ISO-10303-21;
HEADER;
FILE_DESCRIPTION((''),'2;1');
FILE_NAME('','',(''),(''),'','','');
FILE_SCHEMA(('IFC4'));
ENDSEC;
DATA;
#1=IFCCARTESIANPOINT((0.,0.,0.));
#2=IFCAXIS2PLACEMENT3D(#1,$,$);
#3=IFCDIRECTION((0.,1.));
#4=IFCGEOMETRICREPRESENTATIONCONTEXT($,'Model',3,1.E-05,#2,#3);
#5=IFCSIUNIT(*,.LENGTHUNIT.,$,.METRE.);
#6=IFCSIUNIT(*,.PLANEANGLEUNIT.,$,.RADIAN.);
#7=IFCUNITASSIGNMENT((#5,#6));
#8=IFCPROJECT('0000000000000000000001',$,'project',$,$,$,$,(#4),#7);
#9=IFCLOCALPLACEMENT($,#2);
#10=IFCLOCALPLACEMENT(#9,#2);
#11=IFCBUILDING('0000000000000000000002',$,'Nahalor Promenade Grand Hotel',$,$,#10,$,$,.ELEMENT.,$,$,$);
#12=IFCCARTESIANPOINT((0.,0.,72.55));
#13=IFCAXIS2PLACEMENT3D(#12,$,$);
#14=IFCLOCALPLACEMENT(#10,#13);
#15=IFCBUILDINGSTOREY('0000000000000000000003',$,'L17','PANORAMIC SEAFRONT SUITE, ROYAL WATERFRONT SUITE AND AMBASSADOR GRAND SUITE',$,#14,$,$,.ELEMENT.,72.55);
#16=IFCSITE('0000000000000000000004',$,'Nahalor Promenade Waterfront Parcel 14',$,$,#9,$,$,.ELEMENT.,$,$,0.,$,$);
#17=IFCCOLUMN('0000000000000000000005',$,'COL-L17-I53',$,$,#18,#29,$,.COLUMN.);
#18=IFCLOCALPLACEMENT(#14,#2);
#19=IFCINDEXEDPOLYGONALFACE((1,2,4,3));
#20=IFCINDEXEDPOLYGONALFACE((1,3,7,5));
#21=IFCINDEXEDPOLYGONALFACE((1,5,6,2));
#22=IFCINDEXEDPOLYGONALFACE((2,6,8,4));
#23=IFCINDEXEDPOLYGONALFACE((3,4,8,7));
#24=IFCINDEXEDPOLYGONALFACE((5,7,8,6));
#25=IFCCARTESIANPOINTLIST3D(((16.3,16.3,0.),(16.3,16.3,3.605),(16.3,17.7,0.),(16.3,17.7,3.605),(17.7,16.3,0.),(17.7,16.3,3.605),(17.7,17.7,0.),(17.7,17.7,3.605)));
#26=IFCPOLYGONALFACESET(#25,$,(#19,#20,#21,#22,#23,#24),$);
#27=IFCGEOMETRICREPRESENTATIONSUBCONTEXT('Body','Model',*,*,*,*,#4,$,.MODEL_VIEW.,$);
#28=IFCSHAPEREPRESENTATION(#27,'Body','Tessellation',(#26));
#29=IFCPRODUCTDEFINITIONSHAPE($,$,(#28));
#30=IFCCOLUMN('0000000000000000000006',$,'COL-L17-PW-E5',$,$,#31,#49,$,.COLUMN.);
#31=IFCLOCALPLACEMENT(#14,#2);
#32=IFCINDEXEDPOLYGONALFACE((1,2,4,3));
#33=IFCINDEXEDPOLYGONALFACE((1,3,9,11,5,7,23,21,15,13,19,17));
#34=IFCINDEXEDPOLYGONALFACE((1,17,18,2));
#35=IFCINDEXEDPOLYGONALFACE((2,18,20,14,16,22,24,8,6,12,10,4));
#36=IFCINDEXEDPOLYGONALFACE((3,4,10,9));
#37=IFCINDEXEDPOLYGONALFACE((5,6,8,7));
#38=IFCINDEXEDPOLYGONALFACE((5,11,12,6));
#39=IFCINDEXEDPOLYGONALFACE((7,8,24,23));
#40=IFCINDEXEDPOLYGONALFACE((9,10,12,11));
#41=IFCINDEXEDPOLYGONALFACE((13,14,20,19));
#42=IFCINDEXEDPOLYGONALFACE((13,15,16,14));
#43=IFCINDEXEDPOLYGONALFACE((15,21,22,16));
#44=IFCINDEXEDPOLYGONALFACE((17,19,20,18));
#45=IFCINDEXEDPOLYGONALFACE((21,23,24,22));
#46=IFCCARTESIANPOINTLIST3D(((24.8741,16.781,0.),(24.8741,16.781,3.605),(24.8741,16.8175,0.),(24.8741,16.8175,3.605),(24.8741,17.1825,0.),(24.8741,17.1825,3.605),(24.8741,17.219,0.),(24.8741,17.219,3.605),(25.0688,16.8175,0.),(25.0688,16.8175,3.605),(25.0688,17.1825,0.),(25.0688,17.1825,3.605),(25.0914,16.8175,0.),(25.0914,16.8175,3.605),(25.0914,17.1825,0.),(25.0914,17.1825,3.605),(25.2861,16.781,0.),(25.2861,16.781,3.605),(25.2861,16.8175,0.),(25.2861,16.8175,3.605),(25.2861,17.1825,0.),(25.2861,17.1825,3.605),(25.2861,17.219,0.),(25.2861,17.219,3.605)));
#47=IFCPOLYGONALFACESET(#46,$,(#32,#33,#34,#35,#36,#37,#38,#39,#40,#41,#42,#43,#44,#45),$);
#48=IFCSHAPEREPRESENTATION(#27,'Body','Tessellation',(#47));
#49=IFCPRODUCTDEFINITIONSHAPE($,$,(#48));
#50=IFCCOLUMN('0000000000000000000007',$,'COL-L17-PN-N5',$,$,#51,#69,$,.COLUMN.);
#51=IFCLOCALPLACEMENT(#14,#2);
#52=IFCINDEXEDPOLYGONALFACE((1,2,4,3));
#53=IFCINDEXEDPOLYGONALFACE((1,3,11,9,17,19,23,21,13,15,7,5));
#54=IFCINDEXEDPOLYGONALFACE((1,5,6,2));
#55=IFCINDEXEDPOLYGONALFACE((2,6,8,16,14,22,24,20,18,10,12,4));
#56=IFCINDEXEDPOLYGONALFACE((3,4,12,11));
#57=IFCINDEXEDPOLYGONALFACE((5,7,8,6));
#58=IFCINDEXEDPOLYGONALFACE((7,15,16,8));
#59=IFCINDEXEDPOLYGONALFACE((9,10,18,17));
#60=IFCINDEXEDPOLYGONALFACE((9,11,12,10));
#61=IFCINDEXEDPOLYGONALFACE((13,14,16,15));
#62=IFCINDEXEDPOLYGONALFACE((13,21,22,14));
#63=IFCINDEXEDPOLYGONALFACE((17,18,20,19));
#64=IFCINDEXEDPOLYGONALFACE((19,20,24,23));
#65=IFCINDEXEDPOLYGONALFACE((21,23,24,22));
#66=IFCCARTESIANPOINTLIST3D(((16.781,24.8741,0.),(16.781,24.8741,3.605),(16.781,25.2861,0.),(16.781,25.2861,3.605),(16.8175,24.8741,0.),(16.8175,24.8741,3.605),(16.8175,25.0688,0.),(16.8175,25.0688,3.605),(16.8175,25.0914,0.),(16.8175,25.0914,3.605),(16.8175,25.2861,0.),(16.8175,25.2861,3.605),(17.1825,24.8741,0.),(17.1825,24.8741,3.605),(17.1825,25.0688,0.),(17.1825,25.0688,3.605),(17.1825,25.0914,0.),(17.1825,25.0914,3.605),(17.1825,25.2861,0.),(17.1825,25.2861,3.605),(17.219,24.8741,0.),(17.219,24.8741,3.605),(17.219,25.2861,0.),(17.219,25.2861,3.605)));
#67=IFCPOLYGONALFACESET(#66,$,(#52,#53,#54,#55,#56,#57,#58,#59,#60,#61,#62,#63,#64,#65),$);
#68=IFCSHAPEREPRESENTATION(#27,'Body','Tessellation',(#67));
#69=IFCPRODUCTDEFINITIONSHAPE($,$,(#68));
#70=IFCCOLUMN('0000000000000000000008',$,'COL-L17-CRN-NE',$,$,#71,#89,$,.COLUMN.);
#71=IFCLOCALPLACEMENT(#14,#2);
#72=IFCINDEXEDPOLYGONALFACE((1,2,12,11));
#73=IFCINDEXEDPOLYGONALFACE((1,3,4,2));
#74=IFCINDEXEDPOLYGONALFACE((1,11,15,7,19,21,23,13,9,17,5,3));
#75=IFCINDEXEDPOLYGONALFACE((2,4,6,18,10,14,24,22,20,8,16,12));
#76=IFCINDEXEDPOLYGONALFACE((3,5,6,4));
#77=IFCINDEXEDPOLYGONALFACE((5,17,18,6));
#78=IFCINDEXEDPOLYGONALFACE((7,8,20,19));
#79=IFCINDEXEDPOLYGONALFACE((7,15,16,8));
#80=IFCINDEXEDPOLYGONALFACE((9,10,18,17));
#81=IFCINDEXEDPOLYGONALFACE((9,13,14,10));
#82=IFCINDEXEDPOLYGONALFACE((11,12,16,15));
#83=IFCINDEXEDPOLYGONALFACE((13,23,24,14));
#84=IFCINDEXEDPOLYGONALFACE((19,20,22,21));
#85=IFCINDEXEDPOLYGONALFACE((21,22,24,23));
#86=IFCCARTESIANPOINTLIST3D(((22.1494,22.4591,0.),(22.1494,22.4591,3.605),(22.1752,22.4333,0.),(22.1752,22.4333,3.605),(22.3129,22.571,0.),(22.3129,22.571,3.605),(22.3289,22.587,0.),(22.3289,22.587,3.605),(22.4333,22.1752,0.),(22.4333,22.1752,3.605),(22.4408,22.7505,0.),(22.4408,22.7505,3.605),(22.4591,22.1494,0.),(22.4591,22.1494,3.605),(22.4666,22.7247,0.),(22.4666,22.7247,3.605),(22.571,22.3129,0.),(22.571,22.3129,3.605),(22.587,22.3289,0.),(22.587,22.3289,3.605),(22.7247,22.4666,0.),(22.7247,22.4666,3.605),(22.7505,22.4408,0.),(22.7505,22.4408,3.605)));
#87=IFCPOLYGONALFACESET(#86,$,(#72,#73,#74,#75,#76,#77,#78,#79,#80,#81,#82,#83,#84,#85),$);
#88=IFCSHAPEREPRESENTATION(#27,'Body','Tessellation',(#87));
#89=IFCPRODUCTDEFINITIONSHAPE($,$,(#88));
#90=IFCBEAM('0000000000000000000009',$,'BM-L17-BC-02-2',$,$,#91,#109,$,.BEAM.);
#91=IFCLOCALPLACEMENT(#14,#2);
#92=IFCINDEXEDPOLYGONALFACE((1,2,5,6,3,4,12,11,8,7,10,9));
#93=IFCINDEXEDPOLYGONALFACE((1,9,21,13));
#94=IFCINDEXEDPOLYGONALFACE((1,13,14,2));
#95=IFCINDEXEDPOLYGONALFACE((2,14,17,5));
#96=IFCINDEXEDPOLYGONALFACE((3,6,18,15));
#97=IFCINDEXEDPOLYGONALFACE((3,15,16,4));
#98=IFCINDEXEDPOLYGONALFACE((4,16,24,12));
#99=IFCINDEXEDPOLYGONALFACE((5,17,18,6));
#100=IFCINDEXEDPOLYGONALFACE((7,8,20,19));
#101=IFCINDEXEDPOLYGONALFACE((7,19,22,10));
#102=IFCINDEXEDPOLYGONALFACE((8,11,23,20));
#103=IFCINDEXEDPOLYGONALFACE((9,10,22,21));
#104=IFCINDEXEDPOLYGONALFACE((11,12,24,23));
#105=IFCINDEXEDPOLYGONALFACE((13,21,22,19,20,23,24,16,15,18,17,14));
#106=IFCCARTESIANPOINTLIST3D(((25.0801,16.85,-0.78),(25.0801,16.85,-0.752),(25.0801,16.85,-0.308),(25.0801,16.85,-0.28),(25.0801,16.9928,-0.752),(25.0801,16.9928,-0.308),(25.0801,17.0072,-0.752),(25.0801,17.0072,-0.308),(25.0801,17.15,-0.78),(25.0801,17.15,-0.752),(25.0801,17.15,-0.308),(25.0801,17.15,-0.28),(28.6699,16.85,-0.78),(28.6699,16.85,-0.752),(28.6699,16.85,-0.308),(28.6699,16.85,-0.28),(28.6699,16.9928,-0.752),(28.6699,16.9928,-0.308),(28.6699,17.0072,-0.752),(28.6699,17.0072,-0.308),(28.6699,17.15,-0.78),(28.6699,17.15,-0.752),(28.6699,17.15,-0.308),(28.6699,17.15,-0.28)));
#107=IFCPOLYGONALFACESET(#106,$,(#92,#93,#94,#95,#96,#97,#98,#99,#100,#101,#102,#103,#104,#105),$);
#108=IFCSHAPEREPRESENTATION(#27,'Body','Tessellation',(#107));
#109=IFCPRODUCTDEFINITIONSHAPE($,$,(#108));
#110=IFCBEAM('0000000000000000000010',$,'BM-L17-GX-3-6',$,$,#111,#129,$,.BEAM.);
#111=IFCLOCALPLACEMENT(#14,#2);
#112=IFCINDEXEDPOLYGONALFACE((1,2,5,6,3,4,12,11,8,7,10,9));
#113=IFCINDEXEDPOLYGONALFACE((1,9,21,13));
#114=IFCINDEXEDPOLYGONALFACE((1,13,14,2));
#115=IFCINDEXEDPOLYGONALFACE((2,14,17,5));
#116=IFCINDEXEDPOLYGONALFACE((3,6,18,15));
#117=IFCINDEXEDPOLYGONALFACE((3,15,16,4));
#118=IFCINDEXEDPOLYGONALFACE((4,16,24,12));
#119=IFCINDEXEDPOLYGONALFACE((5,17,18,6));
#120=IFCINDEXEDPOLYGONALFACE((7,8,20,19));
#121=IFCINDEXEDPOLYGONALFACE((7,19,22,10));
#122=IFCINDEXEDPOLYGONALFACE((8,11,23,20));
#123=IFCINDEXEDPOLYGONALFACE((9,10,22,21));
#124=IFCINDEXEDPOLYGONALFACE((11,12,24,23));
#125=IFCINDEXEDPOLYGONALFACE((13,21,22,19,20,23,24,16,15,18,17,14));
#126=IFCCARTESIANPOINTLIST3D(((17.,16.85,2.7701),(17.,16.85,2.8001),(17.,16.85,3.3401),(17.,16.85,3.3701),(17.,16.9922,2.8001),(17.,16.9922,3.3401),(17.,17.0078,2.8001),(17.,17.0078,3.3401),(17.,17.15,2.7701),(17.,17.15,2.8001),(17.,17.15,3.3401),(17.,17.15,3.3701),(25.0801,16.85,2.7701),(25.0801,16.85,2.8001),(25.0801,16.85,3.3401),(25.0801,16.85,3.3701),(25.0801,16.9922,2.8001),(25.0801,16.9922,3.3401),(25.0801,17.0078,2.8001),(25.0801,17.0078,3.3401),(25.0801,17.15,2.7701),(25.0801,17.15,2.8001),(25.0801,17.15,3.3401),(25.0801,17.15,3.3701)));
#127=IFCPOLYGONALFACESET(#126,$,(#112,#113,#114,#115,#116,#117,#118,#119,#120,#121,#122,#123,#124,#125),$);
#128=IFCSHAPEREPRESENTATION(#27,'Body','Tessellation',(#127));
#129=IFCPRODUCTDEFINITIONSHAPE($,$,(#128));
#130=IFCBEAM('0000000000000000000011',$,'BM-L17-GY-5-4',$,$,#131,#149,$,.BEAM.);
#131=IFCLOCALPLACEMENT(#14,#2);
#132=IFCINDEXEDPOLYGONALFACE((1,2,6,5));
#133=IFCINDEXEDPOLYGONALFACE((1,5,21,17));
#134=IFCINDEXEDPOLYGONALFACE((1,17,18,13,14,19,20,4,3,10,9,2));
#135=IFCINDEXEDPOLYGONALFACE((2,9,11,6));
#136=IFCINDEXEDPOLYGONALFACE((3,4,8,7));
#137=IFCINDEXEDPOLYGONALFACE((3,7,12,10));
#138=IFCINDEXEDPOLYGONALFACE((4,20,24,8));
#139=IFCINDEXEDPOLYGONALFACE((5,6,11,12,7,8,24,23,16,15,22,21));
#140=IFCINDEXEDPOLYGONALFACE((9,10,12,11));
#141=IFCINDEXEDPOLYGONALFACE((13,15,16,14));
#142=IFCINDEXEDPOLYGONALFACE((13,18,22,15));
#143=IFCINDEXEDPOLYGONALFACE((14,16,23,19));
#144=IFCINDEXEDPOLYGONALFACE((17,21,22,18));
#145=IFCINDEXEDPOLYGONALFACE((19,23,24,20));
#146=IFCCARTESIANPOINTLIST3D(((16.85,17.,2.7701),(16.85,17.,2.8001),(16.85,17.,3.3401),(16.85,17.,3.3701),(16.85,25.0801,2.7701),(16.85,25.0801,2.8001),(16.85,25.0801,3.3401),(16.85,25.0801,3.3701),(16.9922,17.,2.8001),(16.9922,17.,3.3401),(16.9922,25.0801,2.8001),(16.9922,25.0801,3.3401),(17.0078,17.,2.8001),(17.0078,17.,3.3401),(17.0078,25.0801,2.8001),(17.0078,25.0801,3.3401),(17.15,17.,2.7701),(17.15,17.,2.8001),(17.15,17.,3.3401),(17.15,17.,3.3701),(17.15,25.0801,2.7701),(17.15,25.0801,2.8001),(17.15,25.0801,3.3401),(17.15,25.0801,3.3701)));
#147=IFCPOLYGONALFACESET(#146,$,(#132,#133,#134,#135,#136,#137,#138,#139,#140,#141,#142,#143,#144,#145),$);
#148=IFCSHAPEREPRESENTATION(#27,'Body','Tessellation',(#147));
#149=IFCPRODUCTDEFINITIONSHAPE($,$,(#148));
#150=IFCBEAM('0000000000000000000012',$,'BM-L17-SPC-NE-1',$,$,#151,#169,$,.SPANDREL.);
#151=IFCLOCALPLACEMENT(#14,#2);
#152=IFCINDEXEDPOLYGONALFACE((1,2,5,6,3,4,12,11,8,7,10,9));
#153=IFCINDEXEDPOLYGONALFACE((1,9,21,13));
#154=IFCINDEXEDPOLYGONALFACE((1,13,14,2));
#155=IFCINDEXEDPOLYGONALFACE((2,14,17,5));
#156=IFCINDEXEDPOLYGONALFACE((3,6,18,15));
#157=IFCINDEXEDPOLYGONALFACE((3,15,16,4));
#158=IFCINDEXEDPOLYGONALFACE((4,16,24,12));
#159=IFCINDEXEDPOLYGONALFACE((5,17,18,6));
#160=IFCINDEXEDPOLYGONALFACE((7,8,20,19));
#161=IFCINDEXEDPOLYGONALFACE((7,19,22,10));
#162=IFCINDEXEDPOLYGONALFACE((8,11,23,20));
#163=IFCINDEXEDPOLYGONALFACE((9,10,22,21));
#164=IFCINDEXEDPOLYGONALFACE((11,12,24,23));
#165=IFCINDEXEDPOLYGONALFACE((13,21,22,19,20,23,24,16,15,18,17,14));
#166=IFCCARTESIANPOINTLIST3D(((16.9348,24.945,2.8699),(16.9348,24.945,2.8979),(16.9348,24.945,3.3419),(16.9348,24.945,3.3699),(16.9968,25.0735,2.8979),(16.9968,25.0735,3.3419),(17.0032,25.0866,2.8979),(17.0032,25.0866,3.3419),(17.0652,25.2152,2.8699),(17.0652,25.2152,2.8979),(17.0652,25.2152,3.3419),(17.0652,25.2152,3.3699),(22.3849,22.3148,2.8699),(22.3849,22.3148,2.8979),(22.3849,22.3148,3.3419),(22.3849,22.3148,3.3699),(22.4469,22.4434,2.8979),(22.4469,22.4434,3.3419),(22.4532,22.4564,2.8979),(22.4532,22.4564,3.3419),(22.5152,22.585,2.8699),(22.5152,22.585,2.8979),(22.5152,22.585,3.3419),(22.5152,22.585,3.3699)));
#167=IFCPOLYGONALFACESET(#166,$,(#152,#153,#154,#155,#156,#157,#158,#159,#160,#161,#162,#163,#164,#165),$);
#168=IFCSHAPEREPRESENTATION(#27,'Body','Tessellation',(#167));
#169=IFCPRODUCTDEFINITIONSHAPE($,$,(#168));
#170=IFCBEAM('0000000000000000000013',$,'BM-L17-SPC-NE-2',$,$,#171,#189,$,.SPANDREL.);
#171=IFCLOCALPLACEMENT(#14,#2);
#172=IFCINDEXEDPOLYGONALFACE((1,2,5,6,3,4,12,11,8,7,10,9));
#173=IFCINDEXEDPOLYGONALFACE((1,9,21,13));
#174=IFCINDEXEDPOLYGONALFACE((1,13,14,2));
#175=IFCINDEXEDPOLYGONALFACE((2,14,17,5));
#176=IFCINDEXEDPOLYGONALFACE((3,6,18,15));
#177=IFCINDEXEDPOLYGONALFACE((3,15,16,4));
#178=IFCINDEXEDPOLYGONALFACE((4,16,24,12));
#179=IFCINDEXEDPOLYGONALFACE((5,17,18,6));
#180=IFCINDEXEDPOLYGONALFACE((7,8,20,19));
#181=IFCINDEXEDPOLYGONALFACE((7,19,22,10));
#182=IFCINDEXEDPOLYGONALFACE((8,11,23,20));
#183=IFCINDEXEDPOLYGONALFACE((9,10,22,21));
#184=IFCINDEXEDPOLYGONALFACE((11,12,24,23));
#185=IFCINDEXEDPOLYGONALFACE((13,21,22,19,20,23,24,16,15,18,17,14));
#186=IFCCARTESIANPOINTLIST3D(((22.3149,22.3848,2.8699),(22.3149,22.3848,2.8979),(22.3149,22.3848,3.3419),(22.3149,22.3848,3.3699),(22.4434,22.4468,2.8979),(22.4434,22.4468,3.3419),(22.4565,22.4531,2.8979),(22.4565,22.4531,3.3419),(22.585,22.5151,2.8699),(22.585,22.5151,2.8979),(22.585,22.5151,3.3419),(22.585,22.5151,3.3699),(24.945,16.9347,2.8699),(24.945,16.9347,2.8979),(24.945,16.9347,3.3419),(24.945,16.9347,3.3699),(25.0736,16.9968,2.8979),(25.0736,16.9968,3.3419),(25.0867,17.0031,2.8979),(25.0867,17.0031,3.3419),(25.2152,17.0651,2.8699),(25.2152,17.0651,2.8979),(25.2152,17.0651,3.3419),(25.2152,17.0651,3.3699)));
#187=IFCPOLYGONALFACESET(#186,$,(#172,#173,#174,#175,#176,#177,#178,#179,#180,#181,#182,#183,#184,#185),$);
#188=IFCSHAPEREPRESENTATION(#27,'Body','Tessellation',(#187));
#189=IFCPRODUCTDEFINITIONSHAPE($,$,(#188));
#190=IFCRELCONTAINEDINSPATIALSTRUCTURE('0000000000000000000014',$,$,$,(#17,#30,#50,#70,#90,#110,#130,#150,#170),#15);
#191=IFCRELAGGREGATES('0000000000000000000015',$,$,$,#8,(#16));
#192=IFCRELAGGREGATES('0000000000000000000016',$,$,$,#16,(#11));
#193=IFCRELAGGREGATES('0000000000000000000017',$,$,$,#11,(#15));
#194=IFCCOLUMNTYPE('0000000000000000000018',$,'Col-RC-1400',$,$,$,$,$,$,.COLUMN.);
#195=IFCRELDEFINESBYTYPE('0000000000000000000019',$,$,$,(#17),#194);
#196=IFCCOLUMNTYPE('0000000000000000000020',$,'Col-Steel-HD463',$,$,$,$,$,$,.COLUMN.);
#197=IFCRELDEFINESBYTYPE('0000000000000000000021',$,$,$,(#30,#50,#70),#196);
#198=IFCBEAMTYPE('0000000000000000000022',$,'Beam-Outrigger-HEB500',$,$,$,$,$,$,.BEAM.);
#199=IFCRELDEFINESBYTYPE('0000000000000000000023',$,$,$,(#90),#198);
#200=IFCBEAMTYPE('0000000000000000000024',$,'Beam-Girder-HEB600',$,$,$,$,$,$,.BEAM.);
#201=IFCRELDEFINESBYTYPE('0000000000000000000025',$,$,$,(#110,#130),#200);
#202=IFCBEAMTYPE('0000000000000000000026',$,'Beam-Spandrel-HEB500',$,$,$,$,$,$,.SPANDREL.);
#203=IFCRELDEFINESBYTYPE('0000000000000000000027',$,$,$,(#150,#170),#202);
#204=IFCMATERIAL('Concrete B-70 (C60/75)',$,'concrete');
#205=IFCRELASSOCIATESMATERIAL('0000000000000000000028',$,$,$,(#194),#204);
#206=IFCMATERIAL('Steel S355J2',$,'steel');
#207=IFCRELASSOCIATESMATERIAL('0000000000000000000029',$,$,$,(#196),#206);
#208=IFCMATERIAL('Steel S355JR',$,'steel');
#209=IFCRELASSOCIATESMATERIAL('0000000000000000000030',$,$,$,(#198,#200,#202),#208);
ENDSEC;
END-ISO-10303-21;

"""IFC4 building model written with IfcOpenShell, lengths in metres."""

from ifc_helpers import new_model, si_unit, direction, frame, origin, origin_2d, place, context, subcontext, project, spatial, rectangle, i_section, extrude, source, transform, mapped, material, material_profile, profile_set, type_object, element, save


model = new_model("IFC4")

# Units and contexts
model_context = context("Model", 3, precision=1e-05, world=origin(), true_north=direction((0.0, 1.0)))
body_context = subcontext(model_context, "Body", "Model", "MODEL_VIEW")
ifc_project = project(units=[si_unit("LENGTHUNIT", "METRE"), si_unit("PLANEANGLEUNIT", "RADIAN")], contexts=[model_context])

# Site, building, storey
site_placement = place(None, origin())
site = spatial("IfcSite", under=ifc_project, at=site_placement, Name="Nahalor Promenade Waterfront Parcel 14", CompositionType="ELEMENT", RefElevation=0.0)
building_placement = place(site_placement, origin())
building = spatial("IfcBuilding", under=site, at=building_placement, Name="Nahalor Promenade Grand Hotel", CompositionType="ELEMENT")
storey_placement = place(building_placement, frame((0.0, 0.0, 72.55)))
storey = spatial("IfcBuildingStorey", under=building, at=storey_placement, Name="L17", Description="PANORAMIC SEAFRONT SUITE, ROYAL WATERFRONT SUITE AND AMBASSADOR GRAND SUITE", CompositionType="ELEMENT", Elevation=72.55)

# Columns
ifc_material_1 = material(Name="Concrete B-70 (C60/75)", Category="concrete")
ifc_material_profile_1 = material_profile(ifc_material_1, rectangle(XDim=1.4, YDim=1.4, at=origin_2d()), Name="RC 1400x1400")
ifc_profile_set_1 = profile_set([ifc_material_profile_1], Name="Concrete B-70 (C60/75)")
column_type_1 = type_object("IfcColumnType", Name="Col-RC-1400", PredefinedType="COLUMN", material=ifc_profile_set_1)
shared_shape_1 = source(origin(), body_context, "Body", "SweptSolid", [
    extrude(rectangle(XDim=1.4, YDim=1.4, at=origin_2d()), origin(), (0.0, 0.0, 1.0), 3.605),
])
column_placement = place(storey_placement, frame((17.0, 17.0, 0.0), z_axis=(0.0, 0.0, 1.0), x_axis=(1.0, 0.0, 0.0)))
element("IfcColumn", 1, at=column_placement, inside=storey, type_object=column_type_1, Name="COL-L17-I53", PredefinedType="COLUMN", context=body_context, shape_type="MappedRepresentation", body=[
    mapped(shared_shape_1, transform((0.0, 0.0, 0.0), scale=1.0)),
])
ifc_material_2 = material(Name="Steel S355J2", Category="steel")
ifc_material_profile_2 = material_profile(ifc_material_2, i_section(OverallWidth=0.412, OverallDepth=0.438, WebThickness=0.0226, FlangeThickness=0.0365, at=origin_2d()), Name="HD 400x463")
ifc_profile_set_2 = profile_set([ifc_material_profile_2], Name="Steel S355J2")
column_type_2 = type_object("IfcColumnType", Name="Col-Steel-HD463", PredefinedType="COLUMN", material=ifc_profile_set_2)
shared_shape_2 = source(origin(), body_context, "Body", "SweptSolid", [
    extrude(i_section(OverallWidth=0.412, OverallDepth=0.438, WebThickness=0.0226, FlangeThickness=0.0365, at=origin_2d()), origin(), (0.0, 0.0, 1.0), 3.605),
])
for number, where, z_axis, x_axis, name in (
    (2, (25.0801, 17.0, 0.0), (0.0, 0.0, 1.0), (1.0, 0.0, 0.0), "COL-L17-PW-E5"),
    (3, (17.0, 25.0801, 0.0), (0.0, 0.0, 1.0), (0.0, 1.0, 0.0), "COL-L17-PN-N5"),
    (4, (22.45, 22.45, 0.0), (0.0, 0.0, 1.0), (0.707107, 0.707107, 0.0), "COL-L17-CRN-NE"),
):
    element("IfcColumn", number, at=place(storey_placement, frame(where, z_axis=z_axis, x_axis=x_axis)), inside=storey, type_object=column_type_2, Name=name, PredefinedType="COLUMN", context=body_context, shape_type="MappedRepresentation", body=[
        mapped(shared_shape_2, transform((0.0, 0.0, 0.0), scale=1.0)),
    ])

# Beams
ifc_material_3 = material(Name="Steel S355JR", Category="steel")
ifc_material_profile_3 = material_profile(ifc_material_3, i_section(OverallWidth=0.3, OverallDepth=0.5, WebThickness=0.0145, FlangeThickness=0.028, at=origin_2d()), Name="HEB 500")
ifc_profile_set_3 = profile_set([ifc_material_profile_3], Name="Steel S355JR")
beam_type_1 = type_object("IfcBeamType", Name="Beam-Outrigger-HEB500", PredefinedType="BEAM", material=ifc_profile_set_3)
shared_shape_3 = source(origin(), body_context, "Body", "SweptSolid", [
    extrude(i_section(OverallWidth=0.3, OverallDepth=0.5, WebThickness=0.0145, FlangeThickness=0.028, at=origin_2d()), origin(), (0.0, 0.0, 1.0), 3.5898),
])
beam_placement = place(storey_placement, frame((25.0801, 17.0, -0.53), z_axis=(1.0, 0.0, 0.0), x_axis=(0.0, 1.0, 0.0)))
element("IfcBeam", 5, at=beam_placement, inside=storey, type_object=beam_type_1, Name="BM-L17-BC-02-2", PredefinedType="BEAM", context=body_context, shape_type="MappedRepresentation", body=[
    mapped(shared_shape_3, transform((0.0, 0.0, 0.0), scale=1.0)),
])
ifc_material_profile_4 = material_profile(ifc_material_3, i_section(OverallWidth=0.3, OverallDepth=0.6, WebThickness=0.0155, FlangeThickness=0.03, at=origin_2d()), Name="HEB 600")
ifc_profile_set_4 = profile_set([ifc_material_profile_4], Name="Steel S355JR")
beam_type_2 = type_object("IfcBeamType", Name="Beam-Girder-HEB600", PredefinedType="BEAM", material=ifc_profile_set_4)
shared_shape_4 = source(origin(), body_context, "Body", "SweptSolid", [
    extrude(i_section(OverallWidth=0.3, OverallDepth=0.6, WebThickness=0.0155, FlangeThickness=0.03, at=origin_2d()), origin(), (0.0, 0.0, 1.0), 8.0801),
])
for number, where, z_axis, x_axis, name in (
    (6, (17.0, 17.0, 3.0701), (1.0, 0.0, 0.0), (0.0, 1.0, 0.0), "BM-L17-GX-3-6"),
    (7, (17.0, 17.0, 3.0701), (0.0, 1.0, 0.0), (-1.0, 0.0, 0.0), "BM-L17-GY-5-4"),
):
    element("IfcBeam", number, at=place(storey_placement, frame(where, z_axis=z_axis, x_axis=x_axis)), inside=storey, type_object=beam_type_2, Name=name, PredefinedType="BEAM", context=body_context, shape_type="MappedRepresentation", body=[
        mapped(shared_shape_4, transform((0.0, 0.0, 0.0), scale=1.0)),
    ])
ifc_material_profile_5 = material_profile(ifc_material_3, i_section(OverallWidth=0.3, OverallDepth=0.5, WebThickness=0.0145, FlangeThickness=0.028, at=origin_2d()), Name="HEB 500")
ifc_profile_set_5 = profile_set([ifc_material_profile_5], Name="Steel S355JR")
beam_type_3 = type_object("IfcBeamType", Name="Beam-Spandrel-HEB500", PredefinedType="SPANDREL", material=ifc_profile_set_5)
shared_shape_5 = source(origin(), body_context, "Body", "SweptSolid", [
    extrude(i_section(OverallWidth=0.3, OverallDepth=0.5, WebThickness=0.0145, FlangeThickness=0.028, at=origin_2d()), origin(), (0.0, 0.0, 1.0), 6.0515),
])
for number, where, z_axis, x_axis, name in (
    (8, (17.0, 25.0801, 3.1199), (0.900609, -0.434631, 0.0), (0.434631, 0.900609, 0.0), "BM-L17-SPC-NE-1"),
    (9, (22.45, 22.45, 3.1199), (0.434631, -0.900609, 0.0), (0.900609, 0.434631, 0.0), "BM-L17-SPC-NE-2"),
):
    element("IfcBeam", number, at=place(storey_placement, frame(where, z_axis=z_axis, x_axis=x_axis)), inside=storey, type_object=beam_type_3, Name=name, PredefinedType="SPANDREL", context=body_context, shape_type="MappedRepresentation", body=[
        mapped(shared_shape_5, transform((0.0, 0.0, 0.0), scale=1.0)),
    ])

save(model, "model.ifc")
